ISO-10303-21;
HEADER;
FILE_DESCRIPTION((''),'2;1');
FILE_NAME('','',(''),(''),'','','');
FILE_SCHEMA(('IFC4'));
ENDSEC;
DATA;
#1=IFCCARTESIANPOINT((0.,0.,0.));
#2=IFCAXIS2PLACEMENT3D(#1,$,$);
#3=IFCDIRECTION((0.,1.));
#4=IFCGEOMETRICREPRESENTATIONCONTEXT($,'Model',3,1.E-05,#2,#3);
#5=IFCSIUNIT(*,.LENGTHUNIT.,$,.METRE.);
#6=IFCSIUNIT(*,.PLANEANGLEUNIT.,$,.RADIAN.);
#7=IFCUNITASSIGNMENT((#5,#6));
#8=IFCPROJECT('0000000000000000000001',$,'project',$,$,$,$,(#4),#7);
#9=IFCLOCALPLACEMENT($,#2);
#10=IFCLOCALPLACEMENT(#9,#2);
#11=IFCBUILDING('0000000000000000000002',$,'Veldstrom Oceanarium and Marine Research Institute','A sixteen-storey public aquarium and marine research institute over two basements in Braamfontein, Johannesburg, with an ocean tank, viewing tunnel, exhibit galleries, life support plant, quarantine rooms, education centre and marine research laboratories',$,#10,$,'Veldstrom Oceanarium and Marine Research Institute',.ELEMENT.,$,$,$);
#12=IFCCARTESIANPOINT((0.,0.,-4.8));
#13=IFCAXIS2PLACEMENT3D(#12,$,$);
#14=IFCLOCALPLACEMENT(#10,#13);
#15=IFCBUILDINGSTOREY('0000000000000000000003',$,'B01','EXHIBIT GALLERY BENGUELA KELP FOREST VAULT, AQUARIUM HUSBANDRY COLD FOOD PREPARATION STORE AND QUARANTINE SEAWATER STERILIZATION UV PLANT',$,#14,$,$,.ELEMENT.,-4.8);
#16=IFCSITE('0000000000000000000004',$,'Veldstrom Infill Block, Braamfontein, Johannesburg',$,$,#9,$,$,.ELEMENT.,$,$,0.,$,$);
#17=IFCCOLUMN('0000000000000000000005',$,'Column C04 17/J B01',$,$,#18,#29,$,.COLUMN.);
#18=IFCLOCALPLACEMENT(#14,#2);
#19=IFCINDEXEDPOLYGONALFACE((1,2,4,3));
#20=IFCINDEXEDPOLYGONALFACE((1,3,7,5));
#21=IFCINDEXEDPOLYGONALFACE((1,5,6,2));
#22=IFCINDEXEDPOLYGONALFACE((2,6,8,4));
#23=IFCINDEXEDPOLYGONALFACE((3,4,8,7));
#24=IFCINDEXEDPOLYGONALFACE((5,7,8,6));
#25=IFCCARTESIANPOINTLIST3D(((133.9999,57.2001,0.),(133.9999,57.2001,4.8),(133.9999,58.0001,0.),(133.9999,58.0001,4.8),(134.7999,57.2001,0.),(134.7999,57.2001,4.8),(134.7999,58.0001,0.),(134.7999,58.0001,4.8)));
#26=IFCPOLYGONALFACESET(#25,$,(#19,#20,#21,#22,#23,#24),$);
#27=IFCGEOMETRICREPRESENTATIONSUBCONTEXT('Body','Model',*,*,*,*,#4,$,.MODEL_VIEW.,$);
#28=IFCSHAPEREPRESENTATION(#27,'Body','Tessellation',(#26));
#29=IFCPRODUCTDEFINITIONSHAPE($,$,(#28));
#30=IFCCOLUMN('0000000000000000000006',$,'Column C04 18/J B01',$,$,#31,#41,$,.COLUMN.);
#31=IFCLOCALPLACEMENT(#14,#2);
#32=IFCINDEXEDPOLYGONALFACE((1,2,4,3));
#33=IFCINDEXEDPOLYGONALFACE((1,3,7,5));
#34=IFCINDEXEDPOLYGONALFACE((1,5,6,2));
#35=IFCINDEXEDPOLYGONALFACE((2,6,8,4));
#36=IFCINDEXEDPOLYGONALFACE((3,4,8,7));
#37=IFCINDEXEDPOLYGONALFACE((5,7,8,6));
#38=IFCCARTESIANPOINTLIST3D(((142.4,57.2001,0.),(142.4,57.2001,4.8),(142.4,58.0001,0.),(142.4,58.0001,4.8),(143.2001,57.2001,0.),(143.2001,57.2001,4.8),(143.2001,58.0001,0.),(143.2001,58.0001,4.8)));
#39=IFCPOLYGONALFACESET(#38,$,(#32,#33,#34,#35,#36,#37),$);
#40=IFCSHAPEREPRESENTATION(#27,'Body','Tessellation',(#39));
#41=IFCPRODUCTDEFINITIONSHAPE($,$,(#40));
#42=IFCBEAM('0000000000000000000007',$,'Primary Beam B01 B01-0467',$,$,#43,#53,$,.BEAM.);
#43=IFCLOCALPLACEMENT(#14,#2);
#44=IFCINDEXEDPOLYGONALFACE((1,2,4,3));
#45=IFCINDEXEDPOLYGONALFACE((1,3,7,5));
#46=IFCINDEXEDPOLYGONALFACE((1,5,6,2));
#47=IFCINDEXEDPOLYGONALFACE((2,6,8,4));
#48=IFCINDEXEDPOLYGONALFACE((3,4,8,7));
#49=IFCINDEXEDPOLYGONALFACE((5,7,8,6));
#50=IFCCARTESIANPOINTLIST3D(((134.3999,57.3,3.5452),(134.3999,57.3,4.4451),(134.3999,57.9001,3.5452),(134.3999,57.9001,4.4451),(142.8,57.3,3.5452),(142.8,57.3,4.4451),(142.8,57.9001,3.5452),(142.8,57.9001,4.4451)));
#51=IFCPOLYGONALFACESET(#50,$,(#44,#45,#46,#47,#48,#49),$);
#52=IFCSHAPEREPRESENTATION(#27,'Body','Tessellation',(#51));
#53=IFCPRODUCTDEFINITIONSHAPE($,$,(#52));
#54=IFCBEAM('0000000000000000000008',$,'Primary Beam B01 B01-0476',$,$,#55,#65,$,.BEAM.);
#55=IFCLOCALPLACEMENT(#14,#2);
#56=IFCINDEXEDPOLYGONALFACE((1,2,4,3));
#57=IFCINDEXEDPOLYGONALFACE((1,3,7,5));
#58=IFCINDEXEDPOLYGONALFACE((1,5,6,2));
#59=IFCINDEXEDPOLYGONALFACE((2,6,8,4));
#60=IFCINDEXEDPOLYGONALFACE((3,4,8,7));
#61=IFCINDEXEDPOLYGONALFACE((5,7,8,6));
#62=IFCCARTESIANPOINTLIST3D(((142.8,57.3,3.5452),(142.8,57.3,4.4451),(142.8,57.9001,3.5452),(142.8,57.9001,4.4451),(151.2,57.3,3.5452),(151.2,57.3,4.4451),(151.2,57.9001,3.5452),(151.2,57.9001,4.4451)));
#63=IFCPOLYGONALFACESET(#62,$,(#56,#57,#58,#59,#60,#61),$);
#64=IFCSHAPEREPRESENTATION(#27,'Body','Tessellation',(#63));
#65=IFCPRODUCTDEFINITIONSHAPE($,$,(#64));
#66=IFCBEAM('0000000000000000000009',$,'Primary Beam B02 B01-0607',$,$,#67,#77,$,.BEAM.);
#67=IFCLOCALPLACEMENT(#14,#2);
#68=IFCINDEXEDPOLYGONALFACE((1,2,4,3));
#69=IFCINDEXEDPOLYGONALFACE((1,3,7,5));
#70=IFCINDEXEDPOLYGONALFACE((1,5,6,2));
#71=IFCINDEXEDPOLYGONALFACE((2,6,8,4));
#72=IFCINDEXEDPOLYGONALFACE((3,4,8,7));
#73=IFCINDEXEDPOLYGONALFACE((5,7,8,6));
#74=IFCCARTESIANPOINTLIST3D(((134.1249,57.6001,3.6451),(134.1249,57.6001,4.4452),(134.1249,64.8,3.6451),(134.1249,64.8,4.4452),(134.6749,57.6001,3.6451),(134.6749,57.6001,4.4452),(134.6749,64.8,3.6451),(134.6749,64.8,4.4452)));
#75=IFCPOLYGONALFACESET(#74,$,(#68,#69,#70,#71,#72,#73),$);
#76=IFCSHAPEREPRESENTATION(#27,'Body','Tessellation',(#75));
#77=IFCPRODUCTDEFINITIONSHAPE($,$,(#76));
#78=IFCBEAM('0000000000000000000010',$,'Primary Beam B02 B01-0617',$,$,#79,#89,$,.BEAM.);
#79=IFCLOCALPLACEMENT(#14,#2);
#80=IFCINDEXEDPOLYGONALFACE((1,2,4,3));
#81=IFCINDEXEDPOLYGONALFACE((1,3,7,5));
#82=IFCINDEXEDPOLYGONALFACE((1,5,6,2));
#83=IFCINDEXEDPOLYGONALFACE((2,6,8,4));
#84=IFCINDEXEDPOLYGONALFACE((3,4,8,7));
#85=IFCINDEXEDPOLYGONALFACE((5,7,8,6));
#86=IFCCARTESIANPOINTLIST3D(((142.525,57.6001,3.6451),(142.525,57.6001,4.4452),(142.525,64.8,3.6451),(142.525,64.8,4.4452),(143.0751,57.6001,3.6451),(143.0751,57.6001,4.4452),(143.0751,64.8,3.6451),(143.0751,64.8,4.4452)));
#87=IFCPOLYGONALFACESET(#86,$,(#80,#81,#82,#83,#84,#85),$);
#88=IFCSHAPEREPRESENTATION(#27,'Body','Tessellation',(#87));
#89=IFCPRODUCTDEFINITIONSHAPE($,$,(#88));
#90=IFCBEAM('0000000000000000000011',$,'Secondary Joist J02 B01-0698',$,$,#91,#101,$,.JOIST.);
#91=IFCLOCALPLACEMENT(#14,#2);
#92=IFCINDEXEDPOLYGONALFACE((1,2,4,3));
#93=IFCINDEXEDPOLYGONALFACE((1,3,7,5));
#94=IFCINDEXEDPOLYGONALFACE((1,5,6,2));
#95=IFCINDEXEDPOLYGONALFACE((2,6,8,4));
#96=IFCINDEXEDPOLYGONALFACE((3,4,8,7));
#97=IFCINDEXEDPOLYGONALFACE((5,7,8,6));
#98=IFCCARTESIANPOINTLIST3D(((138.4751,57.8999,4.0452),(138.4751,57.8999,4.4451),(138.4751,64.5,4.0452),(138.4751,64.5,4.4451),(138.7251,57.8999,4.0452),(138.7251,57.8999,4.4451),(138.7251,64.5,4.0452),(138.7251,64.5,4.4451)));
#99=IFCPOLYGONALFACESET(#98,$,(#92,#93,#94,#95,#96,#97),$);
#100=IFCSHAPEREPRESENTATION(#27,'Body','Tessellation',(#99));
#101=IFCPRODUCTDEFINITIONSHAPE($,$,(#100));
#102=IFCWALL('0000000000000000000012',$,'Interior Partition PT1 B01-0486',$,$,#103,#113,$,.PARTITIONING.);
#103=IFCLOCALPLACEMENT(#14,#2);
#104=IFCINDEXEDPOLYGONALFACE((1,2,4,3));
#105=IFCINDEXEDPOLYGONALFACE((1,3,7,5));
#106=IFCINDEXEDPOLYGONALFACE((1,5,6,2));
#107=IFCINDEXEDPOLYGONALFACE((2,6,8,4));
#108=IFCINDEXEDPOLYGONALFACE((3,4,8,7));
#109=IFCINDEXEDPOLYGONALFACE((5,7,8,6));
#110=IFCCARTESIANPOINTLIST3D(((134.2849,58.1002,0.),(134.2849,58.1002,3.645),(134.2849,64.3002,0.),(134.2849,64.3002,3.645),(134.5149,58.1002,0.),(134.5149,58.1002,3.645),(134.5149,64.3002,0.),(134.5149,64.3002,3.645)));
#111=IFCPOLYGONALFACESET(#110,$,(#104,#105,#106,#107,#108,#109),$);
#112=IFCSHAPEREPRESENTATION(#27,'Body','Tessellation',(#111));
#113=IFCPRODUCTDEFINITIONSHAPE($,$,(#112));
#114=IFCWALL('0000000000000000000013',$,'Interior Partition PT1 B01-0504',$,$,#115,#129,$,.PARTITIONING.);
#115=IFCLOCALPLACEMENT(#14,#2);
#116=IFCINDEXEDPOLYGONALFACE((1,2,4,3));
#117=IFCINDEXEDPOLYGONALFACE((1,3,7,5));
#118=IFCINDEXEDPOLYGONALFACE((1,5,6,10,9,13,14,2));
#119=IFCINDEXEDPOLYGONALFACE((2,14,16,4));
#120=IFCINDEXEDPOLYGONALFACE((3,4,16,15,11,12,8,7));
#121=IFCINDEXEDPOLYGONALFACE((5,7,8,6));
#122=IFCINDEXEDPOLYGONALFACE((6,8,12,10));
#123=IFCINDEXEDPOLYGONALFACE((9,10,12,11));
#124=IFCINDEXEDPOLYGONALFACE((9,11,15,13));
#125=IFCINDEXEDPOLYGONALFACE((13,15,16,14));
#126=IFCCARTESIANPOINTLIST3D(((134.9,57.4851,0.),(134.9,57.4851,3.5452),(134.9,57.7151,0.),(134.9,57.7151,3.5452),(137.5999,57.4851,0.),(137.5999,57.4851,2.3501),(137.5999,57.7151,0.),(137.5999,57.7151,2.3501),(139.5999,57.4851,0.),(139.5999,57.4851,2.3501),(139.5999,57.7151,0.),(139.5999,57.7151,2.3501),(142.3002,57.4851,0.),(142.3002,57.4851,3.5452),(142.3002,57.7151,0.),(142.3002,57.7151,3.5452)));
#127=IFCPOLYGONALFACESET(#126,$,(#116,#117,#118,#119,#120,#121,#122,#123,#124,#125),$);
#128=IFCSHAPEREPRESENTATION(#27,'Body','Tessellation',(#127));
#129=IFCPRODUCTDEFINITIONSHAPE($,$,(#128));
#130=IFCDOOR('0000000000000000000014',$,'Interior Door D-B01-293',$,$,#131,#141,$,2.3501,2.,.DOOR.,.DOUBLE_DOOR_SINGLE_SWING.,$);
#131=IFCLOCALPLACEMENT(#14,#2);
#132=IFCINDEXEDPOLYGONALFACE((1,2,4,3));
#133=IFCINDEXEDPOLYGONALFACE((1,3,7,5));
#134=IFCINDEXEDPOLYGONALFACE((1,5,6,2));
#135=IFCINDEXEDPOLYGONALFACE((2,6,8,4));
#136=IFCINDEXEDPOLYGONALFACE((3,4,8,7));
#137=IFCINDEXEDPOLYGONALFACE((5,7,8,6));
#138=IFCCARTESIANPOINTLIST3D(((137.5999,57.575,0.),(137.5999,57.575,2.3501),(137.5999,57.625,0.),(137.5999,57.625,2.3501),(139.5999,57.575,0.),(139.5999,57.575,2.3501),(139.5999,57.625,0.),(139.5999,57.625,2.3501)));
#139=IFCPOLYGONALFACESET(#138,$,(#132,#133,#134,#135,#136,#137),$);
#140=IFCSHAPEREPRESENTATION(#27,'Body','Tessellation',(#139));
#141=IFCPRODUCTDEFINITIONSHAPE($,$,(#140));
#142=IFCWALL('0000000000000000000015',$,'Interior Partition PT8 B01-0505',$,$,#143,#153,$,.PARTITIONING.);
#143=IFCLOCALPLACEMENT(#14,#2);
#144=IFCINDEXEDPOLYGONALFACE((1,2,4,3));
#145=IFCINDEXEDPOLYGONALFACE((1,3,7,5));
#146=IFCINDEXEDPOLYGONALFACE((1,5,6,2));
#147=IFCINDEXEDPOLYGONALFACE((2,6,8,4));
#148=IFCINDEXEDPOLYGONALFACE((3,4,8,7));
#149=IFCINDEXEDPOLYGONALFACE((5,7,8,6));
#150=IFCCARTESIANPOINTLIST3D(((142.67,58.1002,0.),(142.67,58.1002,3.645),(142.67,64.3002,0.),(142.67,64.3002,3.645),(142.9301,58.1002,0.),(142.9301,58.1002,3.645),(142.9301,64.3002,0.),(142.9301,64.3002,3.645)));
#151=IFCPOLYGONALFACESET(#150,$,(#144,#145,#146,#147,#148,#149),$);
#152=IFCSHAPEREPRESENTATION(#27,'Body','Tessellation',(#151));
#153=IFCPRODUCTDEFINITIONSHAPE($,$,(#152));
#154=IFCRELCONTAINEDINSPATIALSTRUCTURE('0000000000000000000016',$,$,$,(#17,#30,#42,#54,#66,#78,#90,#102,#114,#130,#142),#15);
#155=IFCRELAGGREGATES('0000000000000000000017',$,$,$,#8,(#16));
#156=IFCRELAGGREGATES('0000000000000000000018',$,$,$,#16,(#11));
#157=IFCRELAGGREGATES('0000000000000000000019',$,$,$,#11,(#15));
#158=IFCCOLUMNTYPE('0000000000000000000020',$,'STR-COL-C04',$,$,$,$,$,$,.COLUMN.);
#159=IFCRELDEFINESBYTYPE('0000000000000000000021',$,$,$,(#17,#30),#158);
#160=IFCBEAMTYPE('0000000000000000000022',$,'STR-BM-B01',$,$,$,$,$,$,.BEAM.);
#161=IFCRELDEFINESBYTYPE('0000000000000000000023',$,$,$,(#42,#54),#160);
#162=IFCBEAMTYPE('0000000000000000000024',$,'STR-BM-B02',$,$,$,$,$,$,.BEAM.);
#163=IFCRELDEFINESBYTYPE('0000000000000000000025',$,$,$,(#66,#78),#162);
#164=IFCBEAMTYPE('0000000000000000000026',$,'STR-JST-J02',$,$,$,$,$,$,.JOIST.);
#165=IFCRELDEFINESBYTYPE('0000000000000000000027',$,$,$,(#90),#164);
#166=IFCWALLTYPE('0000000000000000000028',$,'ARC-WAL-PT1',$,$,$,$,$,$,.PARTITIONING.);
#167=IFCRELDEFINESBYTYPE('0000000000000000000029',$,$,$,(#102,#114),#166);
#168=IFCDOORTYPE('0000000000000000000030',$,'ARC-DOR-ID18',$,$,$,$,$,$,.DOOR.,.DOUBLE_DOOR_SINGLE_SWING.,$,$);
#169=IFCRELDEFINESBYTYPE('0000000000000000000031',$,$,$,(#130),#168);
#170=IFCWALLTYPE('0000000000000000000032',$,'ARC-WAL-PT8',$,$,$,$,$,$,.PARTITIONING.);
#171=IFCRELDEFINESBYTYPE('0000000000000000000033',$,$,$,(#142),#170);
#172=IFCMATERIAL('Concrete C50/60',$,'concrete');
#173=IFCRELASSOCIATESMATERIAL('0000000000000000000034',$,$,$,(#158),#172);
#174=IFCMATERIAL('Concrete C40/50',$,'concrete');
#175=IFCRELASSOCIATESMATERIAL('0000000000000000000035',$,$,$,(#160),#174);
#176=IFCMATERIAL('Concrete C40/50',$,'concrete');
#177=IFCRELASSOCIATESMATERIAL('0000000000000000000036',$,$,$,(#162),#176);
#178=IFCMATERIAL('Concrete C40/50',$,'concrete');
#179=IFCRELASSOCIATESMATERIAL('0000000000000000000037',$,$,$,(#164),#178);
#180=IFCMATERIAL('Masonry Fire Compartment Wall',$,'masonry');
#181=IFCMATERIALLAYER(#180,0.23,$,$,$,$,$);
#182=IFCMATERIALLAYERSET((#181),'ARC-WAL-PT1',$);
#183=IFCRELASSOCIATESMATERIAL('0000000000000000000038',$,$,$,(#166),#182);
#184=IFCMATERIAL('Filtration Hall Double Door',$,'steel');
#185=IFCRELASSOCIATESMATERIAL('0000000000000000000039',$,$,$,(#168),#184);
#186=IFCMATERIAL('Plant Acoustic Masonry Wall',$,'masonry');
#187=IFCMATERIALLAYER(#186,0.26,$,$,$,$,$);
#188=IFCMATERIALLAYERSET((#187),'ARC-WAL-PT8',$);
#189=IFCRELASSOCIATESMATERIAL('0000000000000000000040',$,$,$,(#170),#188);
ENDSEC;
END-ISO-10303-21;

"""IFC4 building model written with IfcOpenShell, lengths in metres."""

from ifc_helpers import new_model, si_unit, direction, frame, frame_2d, origin, origin_2d, place, context, subcontext, project, spatial, rectangle, extrude, material, layer, layer_set, material_profile, profile_set, type_object, element, fill, save


model = new_model("IFC4")

# Units and contexts
model_context = context("Model", 3, precision=1e-05, world=origin(), true_north=direction((0.0, 1.0)))
body_context = subcontext(model_context, "Body", "Model", "MODEL_VIEW")
ifc_project = project(units=[si_unit("LENGTHUNIT", "METRE"), si_unit("PLANEANGLEUNIT", "RADIAN")], contexts=[model_context])

# Site, building, storey
site_placement = place(None, origin())
site = spatial("IfcSite", under=ifc_project, at=site_placement, Name="Veldstrom Infill Block, Braamfontein, Johannesburg", CompositionType="ELEMENT", RefElevation=0.0)
building_placement = place(site_placement, origin())
building = spatial("IfcBuilding", under=site, at=building_placement, Name="Veldstrom Oceanarium and Marine Research Institute", Description="A sixteen-storey public aquarium and marine research institute over two basements in Braamfontein, Johannesburg, with an ocean tank, viewing tunnel, exhibit galleries, life support plant, quarantine rooms, education centre and marine research laboratories", LongName="Veldstrom Oceanarium and Marine Research Institute", CompositionType="ELEMENT")
storey_placement = place(building_placement, frame((0.0, 0.0, -4.8)))
storey = spatial("IfcBuildingStorey", under=building, at=storey_placement, Name="B01", Description="EXHIBIT GALLERY BENGUELA KELP FOREST VAULT, AQUARIUM HUSBANDRY COLD FOOD PREPARATION STORE AND QUARANTINE SEAWATER STERILIZATION UV PLANT", CompositionType="ELEMENT", Elevation=-4.8)

# Columns
ifc_material_1 = material(Name="Concrete C50/60", Category="concrete")
ifc_material_profile_1 = material_profile(ifc_material_1, rectangle(XDim=0.8, YDim=0.8, at=origin_2d()), Name="RC-COL-800x800")
ifc_profile_set_1 = profile_set([ifc_material_profile_1], Name="Concrete C50/60")
column_type = type_object("IfcColumnType", Name="STR-COL-C04", PredefinedType="COLUMN", material=ifc_profile_set_1)
for number, where, z_axis, x_axis, name in (
    (1, (134.3999, 57.6001, 0.0), (0.0, 0.0, 1.0), (1.0, 0.0, 0.0), "Column C04 17/J B01"),
    (2, (142.8, 57.6001, 0.0), (0.0, 0.0, 1.0), (1.0, 0.0, 0.0), "Column C04 18/J B01"),
):
    element("IfcColumn", number, at=place(storey_placement, frame(where, z_axis=z_axis, x_axis=x_axis)), inside=storey, type_object=column_type, Name=name, PredefinedType="COLUMN", context=body_context, shape_type="SweptSolid", body=[
        extrude(rectangle(XDim=0.8, YDim=0.8, at=origin_2d()), origin(), (0.0, 0.0, 1.0), 4.8),
    ])

# Beams
ifc_material_2 = material(Name="Concrete C40/50", Category="concrete")
ifc_material_profile_2 = material_profile(ifc_material_2, rectangle(XDim=0.6001, YDim=0.8999, at=origin_2d()), Name="RC-BM-600x900")
ifc_profile_set_2 = profile_set([ifc_material_profile_2], Name="Concrete C40/50")
beam_type_1 = type_object("IfcBeamType", Name="STR-BM-B01", PredefinedType="BEAM", material=ifc_profile_set_2)
beam_1_placement = place(storey_placement, frame((134.3999, 57.6001, 3.9951), z_axis=(1.0, 0.0, 0.0), x_axis=(0.0, 1.0, 0.0)))
element("IfcBeam", 3, at=beam_1_placement, inside=storey, type_object=beam_type_1, Name="Primary Beam B01 B01-0467", PredefinedType="BEAM", context=body_context, shape_type="SweptSolid", body=[
    extrude(rectangle(XDim=0.6001, YDim=0.8999, at=origin_2d()), origin(), (0.0, 0.0, 1.0), 8.4001),
])
beam_2_placement = place(storey_placement, frame((142.8, 57.6001, 3.9951), z_axis=(1.0, 0.0, 0.0), x_axis=(0.0, 1.0, 0.0)))
element("IfcBeam", 4, at=beam_2_placement, inside=storey, type_object=beam_type_1, Name="Primary Beam B01 B01-0476", PredefinedType="BEAM", context=body_context, shape_type="SweptSolid", body=[
    extrude(rectangle(XDim=0.6001, YDim=0.8999, at=origin_2d()), origin(), (0.0, 0.0, 1.0), 8.3999),
])
ifc_material_3 = material(Name="Concrete C40/50", Category="concrete")
ifc_material_profile_3 = material_profile(ifc_material_3, rectangle(XDim=0.55, YDim=0.8, at=origin_2d()), Name="RC-BM-550x800")
ifc_profile_set_3 = profile_set([ifc_material_profile_3], Name="Concrete C40/50")
beam_type_2 = type_object("IfcBeamType", Name="STR-BM-B02", PredefinedType="BEAM", material=ifc_profile_set_3)
for number, where, z_axis, x_axis, name in (
    (5, (134.3999, 57.6001, 4.0452), (0.0, 1.0, 0.0), (-1.0, 0.0, 0.0), "Primary Beam B02 B01-0607"),
    (6, (142.8, 57.6001, 4.0452), (0.0, 1.0, 0.0), (-1.0, 0.0, 0.0), "Primary Beam B02 B01-0617"),
):
    element("IfcBeam", number, at=place(storey_placement, frame(where, z_axis=z_axis, x_axis=x_axis)), inside=storey, type_object=beam_type_2, Name=name, PredefinedType="BEAM", context=body_context, shape_type="SweptSolid", body=[
        extrude(rectangle(XDim=0.55, YDim=0.8, at=origin_2d()), origin(), (0.0, 0.0, 1.0), 7.2),
    ])
ifc_material_4 = material(Name="Concrete C40/50", Category="concrete")
ifc_material_profile_4 = material_profile(ifc_material_4, rectangle(XDim=0.25, YDim=0.3999, at=origin_2d()), Name="RC-JST-250x400")
ifc_profile_set_4 = profile_set([ifc_material_profile_4], Name="Concrete C40/50")
beam_type_3 = type_object("IfcBeamType", Name="STR-JST-J02", PredefinedType="JOIST", material=ifc_profile_set_4)
beam_3_placement = place(storey_placement, frame((138.6001, 57.8999, 4.2451), z_axis=(0.0, 1.0, 0.0), x_axis=(-1.0, 0.0, 0.0)))
element("IfcBeam", 7, at=beam_3_placement, inside=storey, type_object=beam_type_3, Name="Secondary Joist J02 B01-0698", PredefinedType="JOIST", context=body_context, shape_type="SweptSolid", body=[
    extrude(rectangle(XDim=0.25, YDim=0.3999, at=origin_2d()), origin(), (0.0, 0.0, 1.0), 6.6001),
])

# Wall
ifc_material_5 = material(Name="Masonry Fire Compartment Wall", Category="masonry")
ifc_layer_1 = layer(ifc_material_5, 0.23)
ifc_layer_set_1 = layer_set([ifc_layer_1], Name="ARC-WAL-PT1")
wall_type_1 = type_object("IfcWallType", Name="ARC-WAL-PT1", PredefinedType="PARTITIONING", material=ifc_layer_set_1)
wall_1_placement = place(storey_placement, frame((134.3999, 58.1001, 0.0), z_axis=(0.0, 0.0, 1.0), x_axis=(0.0, 1.0, 0.0)))
element("IfcWall", 8, at=wall_1_placement, inside=storey, type_object=wall_type_1, Name="Interior Partition PT1 B01-0486", PredefinedType="PARTITIONING", context=body_context, shape_type="SweptSolid", body=[
    extrude(rectangle(XDim=6.2, YDim=0.23, at=frame_2d((3.1001, 0.0))), origin(), (0.0, 0.0, 1.0), 3.645),
])

# Wall, opening, door
wall_2_placement = place(storey_placement, frame((134.8999, 57.6001, 0.0), z_axis=(0.0, 0.0, 1.0), x_axis=(1.0, 0.0, 0.0)))
wall_2 = element("IfcWall", 9, at=wall_2_placement, inside=storey, type_object=wall_type_1, Name="Interior Partition PT1 B01-0504", PredefinedType="PARTITIONING", context=body_context, shape_type="SweptSolid", body=[
    extrude(rectangle(XDim=7.4001, YDim=0.23, at=frame_2d((3.7002, 0.0))), origin(), (0.0, 0.0, 1.0), 3.5452),
])
opening_1_placement = place(wall_2_placement, frame((2.7, 0.0, 0.0)))
opening_1 = element("IfcOpeningElement", 10, at=opening_1_placement, cuts=wall_2, PredefinedType="OPENING", context=body_context, shape_type="SweptSolid", body=[
    extrude(rectangle(XDim=2.0, YDim=2.3501, at=frame_2d((1.0, 1.175))), frame((0.0, 0.125, 0.0), z_axis=(0.0, -1.0, 0.0), x_axis=(1.0, 0.0, 0.0)), (0.0, 0.0, 1.0), 0.25),
])
ifc_material_6 = material(Name="Filtration Hall Double Door", Category="steel")
door_type = type_object("IfcDoorType", Name="ARC-DOR-ID18", OperationType="DOUBLE_DOOR_SINGLE_SWING", PredefinedType="DOOR", material=ifc_material_6)
door_1_placement = place(opening_1_placement, origin())
door_1 = element("IfcDoor", 11, at=door_1_placement, inside=storey, type_object=door_type, Name="Interior Door D-B01-293", OperationType="DOUBLE_DOOR_SINGLE_SWING", OverallHeight=2.3501, OverallWidth=2.0, PredefinedType="DOOR", context=body_context, shape_type="SweptSolid", body=[
    extrude(rectangle(XDim=2.0, YDim=2.3501, at=frame_2d((1.0, 1.175))), frame((0.0, 0.0249, 0.0), z_axis=(0.0, -1.0, 0.0), x_axis=(1.0, 0.0, 0.0)), (0.0, 0.0, 1.0), 0.05),
])
fill(opening_1, door_1)

# Wall
ifc_material_7 = material(Name="Plant Acoustic Masonry Wall", Category="masonry")
ifc_layer_2 = layer(ifc_material_7, 0.26)
ifc_layer_set_2 = layer_set([ifc_layer_2], Name="ARC-WAL-PT8")
wall_type_2 = type_object("IfcWallType", Name="ARC-WAL-PT8", PredefinedType="PARTITIONING", material=ifc_layer_set_2)
wall_3_placement = place(storey_placement, frame((142.8, 58.1001, 0.0), z_axis=(0.0, 0.0, 1.0), x_axis=(0.0, 1.0, 0.0)))
element("IfcWall", 12, at=wall_3_placement, inside=storey, type_object=wall_type_2, Name="Interior Partition PT8 B01-0505", PredefinedType="PARTITIONING", context=body_context, shape_type="SweptSolid", body=[
    extrude(rectangle(XDim=6.2, YDim=0.26, at=frame_2d((3.1001, 0.0))), origin(), (0.0, 0.0, 1.0), 3.645),
])

save(model, "model.ifc")
